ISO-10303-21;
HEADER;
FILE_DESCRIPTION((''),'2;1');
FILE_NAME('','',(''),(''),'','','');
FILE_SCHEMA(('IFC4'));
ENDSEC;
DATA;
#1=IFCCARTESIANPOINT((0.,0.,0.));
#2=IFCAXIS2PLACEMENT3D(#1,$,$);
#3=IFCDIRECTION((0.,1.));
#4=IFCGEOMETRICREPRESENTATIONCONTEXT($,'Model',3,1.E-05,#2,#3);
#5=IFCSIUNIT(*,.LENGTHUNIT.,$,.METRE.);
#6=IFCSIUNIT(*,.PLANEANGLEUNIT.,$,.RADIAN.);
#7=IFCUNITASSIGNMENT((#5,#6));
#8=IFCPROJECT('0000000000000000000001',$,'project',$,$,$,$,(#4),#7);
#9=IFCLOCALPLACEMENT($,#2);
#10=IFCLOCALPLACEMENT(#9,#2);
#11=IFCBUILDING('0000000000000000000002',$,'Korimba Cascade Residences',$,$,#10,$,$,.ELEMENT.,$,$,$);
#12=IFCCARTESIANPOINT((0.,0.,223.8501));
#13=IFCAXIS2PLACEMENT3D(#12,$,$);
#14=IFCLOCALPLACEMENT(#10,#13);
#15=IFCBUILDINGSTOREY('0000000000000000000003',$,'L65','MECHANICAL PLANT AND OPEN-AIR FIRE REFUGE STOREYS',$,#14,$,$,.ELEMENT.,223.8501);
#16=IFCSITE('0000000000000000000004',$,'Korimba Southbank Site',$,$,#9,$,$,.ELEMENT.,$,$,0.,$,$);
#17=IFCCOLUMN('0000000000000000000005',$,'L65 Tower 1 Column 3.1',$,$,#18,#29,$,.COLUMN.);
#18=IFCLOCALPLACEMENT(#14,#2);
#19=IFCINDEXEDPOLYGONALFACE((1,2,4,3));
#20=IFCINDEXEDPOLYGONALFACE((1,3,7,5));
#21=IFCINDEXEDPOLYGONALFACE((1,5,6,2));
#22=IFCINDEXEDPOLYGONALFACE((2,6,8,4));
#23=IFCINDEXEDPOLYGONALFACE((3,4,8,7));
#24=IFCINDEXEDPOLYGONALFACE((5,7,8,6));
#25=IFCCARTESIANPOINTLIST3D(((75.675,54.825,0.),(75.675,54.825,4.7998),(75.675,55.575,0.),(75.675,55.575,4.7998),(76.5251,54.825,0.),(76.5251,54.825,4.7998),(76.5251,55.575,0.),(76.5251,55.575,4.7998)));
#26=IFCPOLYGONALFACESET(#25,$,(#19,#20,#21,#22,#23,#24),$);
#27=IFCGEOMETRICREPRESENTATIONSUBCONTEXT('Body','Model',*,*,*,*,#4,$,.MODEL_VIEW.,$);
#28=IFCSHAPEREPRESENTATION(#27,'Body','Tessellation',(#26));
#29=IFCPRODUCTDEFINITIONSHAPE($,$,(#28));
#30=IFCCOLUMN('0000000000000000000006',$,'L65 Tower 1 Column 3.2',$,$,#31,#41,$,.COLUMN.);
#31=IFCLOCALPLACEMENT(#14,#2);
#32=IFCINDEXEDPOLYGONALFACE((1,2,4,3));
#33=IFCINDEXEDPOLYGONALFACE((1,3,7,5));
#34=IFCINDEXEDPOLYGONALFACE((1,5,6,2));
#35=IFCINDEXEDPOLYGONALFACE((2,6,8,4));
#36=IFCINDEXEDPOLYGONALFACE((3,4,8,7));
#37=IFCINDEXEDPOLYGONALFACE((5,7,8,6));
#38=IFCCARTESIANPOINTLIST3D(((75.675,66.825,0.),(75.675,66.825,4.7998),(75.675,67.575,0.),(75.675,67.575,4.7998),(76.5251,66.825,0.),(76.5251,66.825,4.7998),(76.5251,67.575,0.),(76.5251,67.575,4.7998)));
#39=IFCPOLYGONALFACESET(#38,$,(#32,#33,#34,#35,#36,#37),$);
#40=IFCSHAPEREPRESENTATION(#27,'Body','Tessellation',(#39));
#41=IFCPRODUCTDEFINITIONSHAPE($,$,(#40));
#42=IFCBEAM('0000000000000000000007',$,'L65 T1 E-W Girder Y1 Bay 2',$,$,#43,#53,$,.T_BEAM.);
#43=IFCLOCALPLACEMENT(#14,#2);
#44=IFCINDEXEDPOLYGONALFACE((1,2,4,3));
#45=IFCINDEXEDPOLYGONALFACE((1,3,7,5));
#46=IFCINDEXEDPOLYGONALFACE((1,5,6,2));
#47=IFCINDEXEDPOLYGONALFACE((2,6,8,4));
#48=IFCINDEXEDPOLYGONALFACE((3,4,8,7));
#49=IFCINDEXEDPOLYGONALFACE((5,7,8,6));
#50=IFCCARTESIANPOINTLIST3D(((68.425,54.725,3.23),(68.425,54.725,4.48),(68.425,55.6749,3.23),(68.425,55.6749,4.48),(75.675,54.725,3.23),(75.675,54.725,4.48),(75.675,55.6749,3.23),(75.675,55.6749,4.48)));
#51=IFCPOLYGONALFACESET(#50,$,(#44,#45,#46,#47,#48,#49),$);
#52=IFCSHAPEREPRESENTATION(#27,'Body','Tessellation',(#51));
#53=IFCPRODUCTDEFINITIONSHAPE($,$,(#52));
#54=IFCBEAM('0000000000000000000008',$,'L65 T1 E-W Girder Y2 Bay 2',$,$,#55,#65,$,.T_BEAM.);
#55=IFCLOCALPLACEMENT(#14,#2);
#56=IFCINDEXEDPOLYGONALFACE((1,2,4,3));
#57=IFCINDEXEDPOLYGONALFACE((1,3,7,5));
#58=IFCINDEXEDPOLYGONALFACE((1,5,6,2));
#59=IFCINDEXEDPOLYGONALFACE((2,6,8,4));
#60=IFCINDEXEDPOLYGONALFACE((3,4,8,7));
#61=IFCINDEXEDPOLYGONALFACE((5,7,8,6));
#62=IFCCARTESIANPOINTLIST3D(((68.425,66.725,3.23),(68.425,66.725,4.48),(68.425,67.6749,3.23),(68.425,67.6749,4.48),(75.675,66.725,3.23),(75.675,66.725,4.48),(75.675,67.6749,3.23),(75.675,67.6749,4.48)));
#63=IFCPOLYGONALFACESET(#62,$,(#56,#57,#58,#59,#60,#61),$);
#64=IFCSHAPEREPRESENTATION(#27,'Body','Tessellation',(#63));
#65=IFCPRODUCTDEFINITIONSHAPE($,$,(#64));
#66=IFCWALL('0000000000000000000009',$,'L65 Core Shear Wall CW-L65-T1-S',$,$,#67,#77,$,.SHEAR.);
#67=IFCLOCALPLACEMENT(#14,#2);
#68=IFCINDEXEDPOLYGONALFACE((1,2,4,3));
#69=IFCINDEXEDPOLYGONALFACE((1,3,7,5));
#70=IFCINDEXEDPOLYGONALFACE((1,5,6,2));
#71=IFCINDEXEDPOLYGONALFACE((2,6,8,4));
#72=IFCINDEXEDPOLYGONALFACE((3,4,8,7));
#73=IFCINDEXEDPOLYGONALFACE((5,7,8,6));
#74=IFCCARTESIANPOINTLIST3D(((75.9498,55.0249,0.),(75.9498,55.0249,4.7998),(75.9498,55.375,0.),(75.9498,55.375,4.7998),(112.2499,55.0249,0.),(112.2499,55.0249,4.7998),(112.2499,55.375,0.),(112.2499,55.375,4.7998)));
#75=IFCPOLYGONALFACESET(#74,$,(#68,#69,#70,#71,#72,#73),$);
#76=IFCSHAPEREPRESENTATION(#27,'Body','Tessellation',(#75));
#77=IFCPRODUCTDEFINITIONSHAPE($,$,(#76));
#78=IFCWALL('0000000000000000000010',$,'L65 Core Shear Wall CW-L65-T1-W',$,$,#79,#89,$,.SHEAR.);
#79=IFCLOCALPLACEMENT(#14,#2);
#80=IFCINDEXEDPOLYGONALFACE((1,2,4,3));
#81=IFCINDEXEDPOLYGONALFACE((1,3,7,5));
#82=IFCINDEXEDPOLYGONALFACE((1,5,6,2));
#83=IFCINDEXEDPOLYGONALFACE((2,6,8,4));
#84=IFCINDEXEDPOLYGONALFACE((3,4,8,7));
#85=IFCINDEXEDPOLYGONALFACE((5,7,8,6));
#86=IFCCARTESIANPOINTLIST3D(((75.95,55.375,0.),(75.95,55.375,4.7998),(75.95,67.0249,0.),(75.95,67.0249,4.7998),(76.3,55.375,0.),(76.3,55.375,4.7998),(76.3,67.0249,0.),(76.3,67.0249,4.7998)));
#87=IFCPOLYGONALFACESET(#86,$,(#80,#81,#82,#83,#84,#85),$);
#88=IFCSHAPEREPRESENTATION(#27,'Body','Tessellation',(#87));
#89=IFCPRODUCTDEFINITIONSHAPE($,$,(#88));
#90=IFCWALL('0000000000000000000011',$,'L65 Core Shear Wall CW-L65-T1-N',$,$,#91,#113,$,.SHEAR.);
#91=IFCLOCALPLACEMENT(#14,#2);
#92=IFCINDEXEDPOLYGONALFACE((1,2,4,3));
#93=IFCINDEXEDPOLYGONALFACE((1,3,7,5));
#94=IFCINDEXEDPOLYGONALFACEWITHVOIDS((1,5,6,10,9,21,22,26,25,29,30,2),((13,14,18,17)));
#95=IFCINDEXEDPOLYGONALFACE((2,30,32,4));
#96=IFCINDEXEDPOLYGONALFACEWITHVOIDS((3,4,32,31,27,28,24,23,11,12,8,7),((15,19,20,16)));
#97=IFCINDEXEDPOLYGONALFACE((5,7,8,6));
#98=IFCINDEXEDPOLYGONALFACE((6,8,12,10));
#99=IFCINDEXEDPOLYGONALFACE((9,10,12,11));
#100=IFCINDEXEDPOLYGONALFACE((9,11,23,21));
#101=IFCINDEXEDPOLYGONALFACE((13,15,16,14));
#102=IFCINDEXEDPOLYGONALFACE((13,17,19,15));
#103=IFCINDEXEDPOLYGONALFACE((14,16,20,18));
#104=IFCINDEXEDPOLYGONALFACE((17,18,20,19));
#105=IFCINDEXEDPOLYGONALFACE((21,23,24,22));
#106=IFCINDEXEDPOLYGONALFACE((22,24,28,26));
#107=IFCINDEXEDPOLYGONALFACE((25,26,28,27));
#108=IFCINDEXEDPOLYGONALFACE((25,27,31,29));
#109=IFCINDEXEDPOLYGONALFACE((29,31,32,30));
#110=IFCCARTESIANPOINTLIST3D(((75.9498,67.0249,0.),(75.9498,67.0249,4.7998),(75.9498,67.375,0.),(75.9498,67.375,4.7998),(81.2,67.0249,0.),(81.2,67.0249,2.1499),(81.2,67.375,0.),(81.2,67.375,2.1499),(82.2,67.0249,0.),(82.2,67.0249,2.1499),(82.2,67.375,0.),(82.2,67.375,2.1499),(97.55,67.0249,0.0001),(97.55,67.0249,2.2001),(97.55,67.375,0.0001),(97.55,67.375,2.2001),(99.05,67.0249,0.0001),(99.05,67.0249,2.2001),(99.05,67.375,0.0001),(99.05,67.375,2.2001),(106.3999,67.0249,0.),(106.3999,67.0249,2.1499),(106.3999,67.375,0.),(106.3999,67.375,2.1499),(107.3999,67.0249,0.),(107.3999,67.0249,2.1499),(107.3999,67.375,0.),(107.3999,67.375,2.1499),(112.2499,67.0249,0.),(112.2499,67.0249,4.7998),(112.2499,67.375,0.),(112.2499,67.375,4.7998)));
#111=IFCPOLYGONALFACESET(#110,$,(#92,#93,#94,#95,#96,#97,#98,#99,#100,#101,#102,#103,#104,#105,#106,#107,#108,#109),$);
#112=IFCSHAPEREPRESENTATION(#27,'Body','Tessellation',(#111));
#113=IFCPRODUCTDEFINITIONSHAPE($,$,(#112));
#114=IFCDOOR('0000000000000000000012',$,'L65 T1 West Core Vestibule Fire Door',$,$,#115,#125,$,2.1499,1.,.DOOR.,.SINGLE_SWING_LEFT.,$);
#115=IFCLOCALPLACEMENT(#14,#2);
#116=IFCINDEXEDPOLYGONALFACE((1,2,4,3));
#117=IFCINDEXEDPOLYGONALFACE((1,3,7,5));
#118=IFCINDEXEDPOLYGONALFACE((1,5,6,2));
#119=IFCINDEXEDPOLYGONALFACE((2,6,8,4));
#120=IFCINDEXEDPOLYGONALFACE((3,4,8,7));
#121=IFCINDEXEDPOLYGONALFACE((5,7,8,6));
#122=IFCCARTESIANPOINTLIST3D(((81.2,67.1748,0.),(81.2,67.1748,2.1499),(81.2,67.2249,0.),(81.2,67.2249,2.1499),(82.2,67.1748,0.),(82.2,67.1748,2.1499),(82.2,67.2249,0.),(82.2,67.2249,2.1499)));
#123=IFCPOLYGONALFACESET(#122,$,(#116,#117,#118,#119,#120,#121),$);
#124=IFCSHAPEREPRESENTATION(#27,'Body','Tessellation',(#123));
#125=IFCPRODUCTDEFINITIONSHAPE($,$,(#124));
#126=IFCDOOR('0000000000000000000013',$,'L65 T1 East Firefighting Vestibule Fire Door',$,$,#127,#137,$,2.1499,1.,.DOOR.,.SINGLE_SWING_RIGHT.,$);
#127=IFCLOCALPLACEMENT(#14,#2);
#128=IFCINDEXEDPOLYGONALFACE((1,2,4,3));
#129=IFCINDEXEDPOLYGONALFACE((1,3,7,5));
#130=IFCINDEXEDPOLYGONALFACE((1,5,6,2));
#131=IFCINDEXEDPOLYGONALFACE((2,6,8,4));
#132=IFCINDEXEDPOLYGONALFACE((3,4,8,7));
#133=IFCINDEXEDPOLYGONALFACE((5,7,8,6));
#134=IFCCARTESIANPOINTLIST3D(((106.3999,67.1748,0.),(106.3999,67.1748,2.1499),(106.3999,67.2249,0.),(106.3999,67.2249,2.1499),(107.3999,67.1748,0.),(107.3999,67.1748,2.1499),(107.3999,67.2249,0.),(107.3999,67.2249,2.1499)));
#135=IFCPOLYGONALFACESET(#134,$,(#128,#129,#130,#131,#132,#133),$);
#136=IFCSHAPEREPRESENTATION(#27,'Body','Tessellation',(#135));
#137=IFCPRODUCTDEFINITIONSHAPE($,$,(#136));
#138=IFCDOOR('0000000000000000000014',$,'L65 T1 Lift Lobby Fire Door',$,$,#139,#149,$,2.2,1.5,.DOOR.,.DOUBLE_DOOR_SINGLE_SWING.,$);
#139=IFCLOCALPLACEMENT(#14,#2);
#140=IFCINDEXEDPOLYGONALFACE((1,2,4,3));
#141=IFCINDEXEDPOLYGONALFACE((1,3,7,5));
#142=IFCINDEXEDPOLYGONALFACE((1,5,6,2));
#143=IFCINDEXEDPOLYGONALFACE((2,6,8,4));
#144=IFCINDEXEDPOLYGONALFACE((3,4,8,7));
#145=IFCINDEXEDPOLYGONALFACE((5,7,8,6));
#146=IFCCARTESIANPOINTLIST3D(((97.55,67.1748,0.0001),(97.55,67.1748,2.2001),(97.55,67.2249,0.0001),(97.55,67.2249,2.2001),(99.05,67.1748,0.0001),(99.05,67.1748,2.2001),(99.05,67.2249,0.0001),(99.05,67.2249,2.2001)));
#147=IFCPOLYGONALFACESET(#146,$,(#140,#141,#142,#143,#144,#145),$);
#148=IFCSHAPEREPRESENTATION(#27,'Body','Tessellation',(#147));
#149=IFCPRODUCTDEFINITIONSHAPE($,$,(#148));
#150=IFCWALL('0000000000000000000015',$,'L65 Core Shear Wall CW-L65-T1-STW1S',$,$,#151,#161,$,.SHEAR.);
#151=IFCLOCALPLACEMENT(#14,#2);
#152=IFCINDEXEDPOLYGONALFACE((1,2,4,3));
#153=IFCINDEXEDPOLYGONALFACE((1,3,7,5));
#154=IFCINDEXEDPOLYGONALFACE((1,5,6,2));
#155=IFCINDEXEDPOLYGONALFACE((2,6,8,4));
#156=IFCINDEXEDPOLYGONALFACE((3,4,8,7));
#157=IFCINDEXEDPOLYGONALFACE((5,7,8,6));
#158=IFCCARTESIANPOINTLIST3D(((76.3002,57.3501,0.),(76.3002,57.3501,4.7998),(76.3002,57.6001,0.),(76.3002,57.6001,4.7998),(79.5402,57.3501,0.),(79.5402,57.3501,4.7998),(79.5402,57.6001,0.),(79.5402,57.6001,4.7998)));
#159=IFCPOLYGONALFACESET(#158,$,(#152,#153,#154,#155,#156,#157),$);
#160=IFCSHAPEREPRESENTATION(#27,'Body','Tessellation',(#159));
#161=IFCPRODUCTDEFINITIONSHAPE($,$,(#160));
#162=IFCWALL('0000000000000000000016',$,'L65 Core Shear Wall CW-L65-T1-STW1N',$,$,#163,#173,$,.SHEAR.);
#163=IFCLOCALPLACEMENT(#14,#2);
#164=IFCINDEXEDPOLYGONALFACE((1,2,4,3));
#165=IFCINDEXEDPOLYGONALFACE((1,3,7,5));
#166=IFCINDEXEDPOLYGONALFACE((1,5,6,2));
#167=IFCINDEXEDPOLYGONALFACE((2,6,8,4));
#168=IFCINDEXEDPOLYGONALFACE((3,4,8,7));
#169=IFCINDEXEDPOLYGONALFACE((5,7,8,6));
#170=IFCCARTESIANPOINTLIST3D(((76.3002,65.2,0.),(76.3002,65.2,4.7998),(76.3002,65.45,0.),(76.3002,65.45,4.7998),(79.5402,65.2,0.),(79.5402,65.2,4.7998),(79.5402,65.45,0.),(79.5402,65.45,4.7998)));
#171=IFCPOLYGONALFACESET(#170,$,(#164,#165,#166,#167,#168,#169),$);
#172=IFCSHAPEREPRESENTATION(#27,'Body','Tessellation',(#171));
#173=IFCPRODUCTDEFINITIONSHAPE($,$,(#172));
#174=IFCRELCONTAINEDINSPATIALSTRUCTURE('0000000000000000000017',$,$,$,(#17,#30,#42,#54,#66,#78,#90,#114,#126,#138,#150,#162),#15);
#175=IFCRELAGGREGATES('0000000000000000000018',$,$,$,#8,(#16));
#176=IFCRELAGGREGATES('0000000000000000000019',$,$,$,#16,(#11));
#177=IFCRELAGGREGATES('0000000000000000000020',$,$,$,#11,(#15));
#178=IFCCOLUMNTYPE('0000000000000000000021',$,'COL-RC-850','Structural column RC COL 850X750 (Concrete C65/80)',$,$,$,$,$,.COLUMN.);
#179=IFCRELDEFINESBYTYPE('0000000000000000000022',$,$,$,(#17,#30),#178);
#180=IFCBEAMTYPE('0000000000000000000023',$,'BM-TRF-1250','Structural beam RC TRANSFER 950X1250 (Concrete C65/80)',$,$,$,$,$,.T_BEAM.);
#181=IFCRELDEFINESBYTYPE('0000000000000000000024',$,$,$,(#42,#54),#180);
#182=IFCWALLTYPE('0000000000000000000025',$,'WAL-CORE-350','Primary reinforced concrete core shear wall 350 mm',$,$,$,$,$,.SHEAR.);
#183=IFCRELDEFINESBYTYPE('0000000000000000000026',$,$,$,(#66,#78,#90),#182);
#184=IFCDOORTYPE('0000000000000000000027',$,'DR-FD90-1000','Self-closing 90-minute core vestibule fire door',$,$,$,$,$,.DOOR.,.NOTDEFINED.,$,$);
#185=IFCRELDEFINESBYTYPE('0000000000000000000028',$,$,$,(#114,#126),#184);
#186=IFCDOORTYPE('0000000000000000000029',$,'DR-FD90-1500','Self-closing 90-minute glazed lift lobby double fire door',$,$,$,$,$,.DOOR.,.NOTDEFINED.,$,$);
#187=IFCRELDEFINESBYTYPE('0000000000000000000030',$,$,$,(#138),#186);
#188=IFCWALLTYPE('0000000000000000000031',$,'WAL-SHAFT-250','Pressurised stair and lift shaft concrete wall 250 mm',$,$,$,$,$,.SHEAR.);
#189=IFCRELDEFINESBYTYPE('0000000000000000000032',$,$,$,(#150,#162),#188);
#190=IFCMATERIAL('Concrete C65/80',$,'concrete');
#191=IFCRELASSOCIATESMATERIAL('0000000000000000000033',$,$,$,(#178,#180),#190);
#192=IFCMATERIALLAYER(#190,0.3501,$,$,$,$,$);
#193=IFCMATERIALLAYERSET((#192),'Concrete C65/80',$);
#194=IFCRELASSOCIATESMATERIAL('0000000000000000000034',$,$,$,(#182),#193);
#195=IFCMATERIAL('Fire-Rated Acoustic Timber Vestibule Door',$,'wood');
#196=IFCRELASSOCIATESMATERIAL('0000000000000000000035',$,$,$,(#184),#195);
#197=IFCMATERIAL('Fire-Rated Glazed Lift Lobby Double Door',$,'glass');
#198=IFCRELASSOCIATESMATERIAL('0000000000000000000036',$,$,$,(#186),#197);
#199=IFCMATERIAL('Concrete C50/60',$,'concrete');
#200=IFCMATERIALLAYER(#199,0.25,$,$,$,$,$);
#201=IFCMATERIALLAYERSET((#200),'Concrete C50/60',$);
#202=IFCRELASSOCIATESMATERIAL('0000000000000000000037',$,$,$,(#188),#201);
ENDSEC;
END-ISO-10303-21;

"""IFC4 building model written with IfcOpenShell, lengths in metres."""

from ifc_helpers import new_model, si_unit, direction, frame, frame_2d, origin, origin_2d, place, context, subcontext, project, spatial, rectangle, extrude, material, layer, layer_set, material_profile, profile_set, type_object, element, fill, save


model = new_model("IFC4")

# Units and contexts
model_context = context("Model", 3, precision=1e-05, world=origin(), true_north=direction((0.0, 1.0)))
body_context = subcontext(model_context, "Body", "Model", "MODEL_VIEW")
ifc_project = project(units=[si_unit("LENGTHUNIT", "METRE"), si_unit("PLANEANGLEUNIT", "RADIAN")], contexts=[model_context])

# Site, building, storey
site_placement = place(None, origin())
site = spatial("IfcSite", under=ifc_project, at=site_placement, Name="Korimba Southbank Site", CompositionType="ELEMENT", RefElevation=0.0)
building_placement = place(site_placement, origin())
building = spatial("IfcBuilding", under=site, at=building_placement, Name="Korimba Cascade Residences", CompositionType="ELEMENT")
storey_placement = place(building_placement, frame((0.0, 0.0, 223.8501)))
storey = spatial("IfcBuildingStorey", under=building, at=storey_placement, Name="L65", Description="MECHANICAL PLANT AND OPEN-AIR FIRE REFUGE STOREYS", CompositionType="ELEMENT", Elevation=223.8501)

# Columns
ifc_material_1 = material(Name="Concrete C65/80", Category="concrete")
ifc_material_profile_1 = material_profile(ifc_material_1, rectangle(XDim=0.8501, YDim=0.75, at=origin_2d()), Name="Concrete C65/80")
ifc_profile_set_1 = profile_set([ifc_material_profile_1], Name="Concrete C65/80")
column_type = type_object("IfcColumnType", Name="COL-RC-850", Description="Structural column RC COL 850X750 (Concrete C65/80)", PredefinedType="COLUMN", material=ifc_profile_set_1)
for number, where, z_axis, x_axis, name in (
    (1, (76.1001, 55.2, 0.0), (0.0, 0.0, 1.0), (1.0, 0.0, 0.0), "L65 Tower 1 Column 3.1"),
    (2, (76.1001, 67.2, 0.0), (0.0, 0.0, 1.0), (1.0, 0.0, 0.0), "L65 Tower 1 Column 3.2"),
):
    element("IfcColumn", number, at=place(storey_placement, frame(where, z_axis=z_axis, x_axis=x_axis)), inside=storey, type_object=column_type, Name=name, PredefinedType="COLUMN", context=body_context, shape_type="SweptSolid", body=[
        extrude(rectangle(XDim=0.8501, YDim=0.75, at=origin_2d()), origin(), (0.0, 0.0, 1.0), 4.7998),
    ])

# Beams
ifc_material_profile_2 = material_profile(ifc_material_1, rectangle(XDim=0.95, YDim=1.25, at=origin_2d()), Name="Concrete C65/80")
ifc_profile_set_2 = profile_set([ifc_material_profile_2], Name="Concrete C65/80")
beam_type = type_object("IfcBeamType", Name="BM-TRF-1250", Description="Structural beam RC TRANSFER 950X1250 (Concrete C65/80)", PredefinedType="T_BEAM", material=ifc_profile_set_2)
for number, where, z_axis, x_axis, name in (
    (3, (68.425, 55.2, 3.855), (1.0, 0.0, 0.0), (0.0, 1.0, 0.0), "L65 T1 E-W Girder Y1 Bay 2"),
    (4, (68.425, 67.2, 3.855), (1.0, 0.0, 0.0), (0.0, 1.0, 0.0), "L65 T1 E-W Girder Y2 Bay 2"),
):
    element("IfcBeam", number, at=place(storey_placement, frame(where, z_axis=z_axis, x_axis=x_axis)), inside=storey, type_object=beam_type, Name=name, PredefinedType="T_BEAM", context=body_context, shape_type="SweptSolid", body=[
        extrude(rectangle(XDim=0.95, YDim=1.25, at=origin_2d()), origin(), (0.0, 0.0, 1.0), 7.25),
    ])

# Walls
ifc_layer_1 = layer(ifc_material_1, 0.3501)
ifc_layer_set_1 = layer_set([ifc_layer_1], Name="Concrete C65/80")
wall_type_1 = type_object("IfcWallType", Name="WAL-CORE-350", Description="Primary reinforced concrete core shear wall 350 mm", PredefinedType="SHEAR", material=ifc_layer_set_1)
wall_1_placement = place(storey_placement, frame((75.95, 55.2, 0.0), z_axis=(0.0, 0.0, 1.0), x_axis=(1.0, 0.0, 0.0)))
element("IfcWall", 5, at=wall_1_placement, inside=storey, type_object=wall_type_1, Name="L65 Core Shear Wall CW-L65-T1-S", PredefinedType="SHEAR", context=body_context, shape_type="SweptSolid", body=[
    extrude(rectangle(XDim=36.3, YDim=0.3501, at=frame_2d((18.1499, 0.0))), origin(), (0.0, 0.0, 1.0), 4.7998),
])
wall_2_placement = place(storey_placement, frame((76.125, 55.375, 0.0), z_axis=(0.0, 0.0, 1.0), x_axis=(0.0, 1.0, 0.0)))
element("IfcWall", 6, at=wall_2_placement, inside=storey, type_object=wall_type_1, Name="L65 Core Shear Wall CW-L65-T1-W", PredefinedType="SHEAR", context=body_context, shape_type="SweptSolid", body=[
    extrude(rectangle(XDim=11.6499, YDim=0.3501, at=frame_2d((5.825, 0.0))), origin(), (0.0, 0.0, 1.0), 4.7998),
])

# Wall, openings, doors
wall_3_placement = place(storey_placement, frame((75.95, 67.2, 0.0), z_axis=(0.0, 0.0, 1.0), x_axis=(1.0, 0.0, 0.0)))
wall_3 = element("IfcWall", 7, at=wall_3_placement, inside=storey, type_object=wall_type_1, Name="L65 Core Shear Wall CW-L65-T1-N", PredefinedType="SHEAR", context=body_context, shape_type="SweptSolid", body=[
    extrude(rectangle(XDim=36.3, YDim=0.3501, at=frame_2d((18.1499, 0.0))), origin(), (0.0, 0.0, 1.0), 4.7998),
])
opening_1_placement = place(wall_3_placement, frame((5.25, 0.0, 0.0)))
opening_1 = element("IfcOpeningElement", 8, at=opening_1_placement, cuts=wall_3, PredefinedType="OPENING", context=body_context, shape_type="SweptSolid", body=[
    extrude(rectangle(XDim=1.0, YDim=2.1499, at=frame_2d((0.5, 1.075))), frame((0.0, 0.1851, 0.0), z_axis=(0.0, -1.0, 0.0), x_axis=(1.0, 0.0, 0.0)), (0.0, 0.0, 1.0), 0.3701),
])
opening_2_placement = place(wall_3_placement, frame((21.6001, 0.0, 0.0)))
opening_2 = element("IfcOpeningElement", 9, at=opening_2_placement, cuts=wall_3, PredefinedType="OPENING", context=body_context, shape_type="SweptSolid", body=[
    extrude(rectangle(XDim=1.5, YDim=2.2, at=frame_2d((0.75, 1.1001))), frame((0.0, 0.1851, 0.0), z_axis=(0.0, -1.0, 0.0), x_axis=(1.0, 0.0, 0.0)), (0.0, 0.0, 1.0), 0.3701),
])
opening_3_placement = place(wall_3_placement, frame((30.45, 0.0, 0.0)))
opening_3 = element("IfcOpeningElement", 10, at=opening_3_placement, cuts=wall_3, PredefinedType="OPENING", context=body_context, shape_type="SweptSolid", body=[
    extrude(rectangle(XDim=1.0, YDim=2.1499, at=frame_2d((0.5, 1.075))), frame((0.0, 0.1851, 0.0), z_axis=(0.0, -1.0, 0.0), x_axis=(1.0, 0.0, 0.0)), (0.0, 0.0, 1.0), 0.3701),
])
ifc_material_2 = material(Name="Fire-Rated Acoustic Timber Vestibule Door", Category="wood")
door_type_1 = type_object("IfcDoorType", Name="DR-FD90-1000", Description="Self-closing 90-minute core vestibule fire door", OperationType="NOTDEFINED", PredefinedType="DOOR", material=ifc_material_2)
door_1_placement = place(opening_1_placement, origin())
door_1 = element("IfcDoor", 11, at=door_1_placement, inside=storey, type_object=door_type_1, Name="L65 T1 West Core Vestibule Fire Door", OperationType="SINGLE_SWING_LEFT", OverallHeight=2.1499, OverallWidth=1.0, PredefinedType="DOOR", context=body_context, shape_type="SweptSolid", body=[
    extrude(rectangle(XDim=1.0, YDim=2.1499, at=frame_2d((0.5, 1.075))), frame((0.0, 0.0249, 0.0), z_axis=(0.0, -1.0, 0.0), x_axis=(1.0, 0.0, 0.0)), (0.0, 0.0, 1.0), 0.05),
])
fill(opening_1, door_1)
door_2_placement = place(opening_3_placement, origin())
door_2 = element("IfcDoor", 12, at=door_2_placement, inside=storey, type_object=door_type_1, Name="L65 T1 East Firefighting Vestibule Fire Door", OperationType="SINGLE_SWING_RIGHT", OverallHeight=2.1499, OverallWidth=1.0, PredefinedType="DOOR", context=body_context, shape_type="SweptSolid", body=[
    extrude(rectangle(XDim=1.0, YDim=2.1499, at=frame_2d((0.5, 1.075))), frame((0.0, 0.0249, 0.0), z_axis=(0.0, -1.0, 0.0), x_axis=(1.0, 0.0, 0.0)), (0.0, 0.0, 1.0), 0.05),
])
fill(opening_3, door_2)
ifc_material_3 = material(Name="Fire-Rated Glazed Lift Lobby Double Door", Category="glass")
door_type_2 = type_object("IfcDoorType", Name="DR-FD90-1500", Description="Self-closing 90-minute glazed lift lobby double fire door", OperationType="NOTDEFINED", PredefinedType="DOOR", material=ifc_material_3)
door_3_placement = place(opening_2_placement, origin())
door_3 = element("IfcDoor", 13, at=door_3_placement, inside=storey, type_object=door_type_2, Name="L65 T1 Lift Lobby Fire Door", OperationType="DOUBLE_DOOR_SINGLE_SWING", OverallHeight=2.2, OverallWidth=1.5, PredefinedType="DOOR", context=body_context, shape_type="SweptSolid", body=[
    extrude(rectangle(XDim=1.5, YDim=2.2, at=frame_2d((0.75, 1.1001))), frame((0.0, 0.0249, 0.0), z_axis=(0.0, -1.0, 0.0), x_axis=(1.0, 0.0, 0.0)), (0.0, 0.0, 1.0), 0.05),
])
fill(opening_2, door_3)

# Walls
ifc_material_4 = material(Name="Concrete C50/60", Category="concrete")
ifc_layer_2 = layer(ifc_material_4, 0.25)
ifc_layer_set_2 = layer_set([ifc_layer_2], Name="Concrete C50/60")
wall_type_2 = type_object("IfcWallType", Name="WAL-SHAFT-250", Description="Pressurised stair and lift shaft concrete wall 250 mm", PredefinedType="SHEAR", material=ifc_layer_set_2)
for number, where, z_axis, x_axis, name in (
    (14, (76.3, 57.4751, 0.0), (0.0, 0.0, 1.0), (1.0, 0.0, 0.0), "L65 Core Shear Wall CW-L65-T1-STW1S"),
    (15, (76.3, 65.325, 0.0), (0.0, 0.0, 1.0), (1.0, 0.0, 0.0), "L65 Core Shear Wall CW-L65-T1-STW1N"),
):
    element("IfcWall", number, at=place(storey_placement, frame(where, z_axis=z_axis, x_axis=x_axis)), inside=storey, type_object=wall_type_2, Name=name, PredefinedType="SHEAR", context=body_context, shape_type="SweptSolid", body=[
        extrude(rectangle(XDim=3.24, YDim=0.25, at=frame_2d((1.6201, 0.0))), origin(), (0.0, 0.0, 1.0), 4.7998),
    ])

save(model, "model.ifc")
